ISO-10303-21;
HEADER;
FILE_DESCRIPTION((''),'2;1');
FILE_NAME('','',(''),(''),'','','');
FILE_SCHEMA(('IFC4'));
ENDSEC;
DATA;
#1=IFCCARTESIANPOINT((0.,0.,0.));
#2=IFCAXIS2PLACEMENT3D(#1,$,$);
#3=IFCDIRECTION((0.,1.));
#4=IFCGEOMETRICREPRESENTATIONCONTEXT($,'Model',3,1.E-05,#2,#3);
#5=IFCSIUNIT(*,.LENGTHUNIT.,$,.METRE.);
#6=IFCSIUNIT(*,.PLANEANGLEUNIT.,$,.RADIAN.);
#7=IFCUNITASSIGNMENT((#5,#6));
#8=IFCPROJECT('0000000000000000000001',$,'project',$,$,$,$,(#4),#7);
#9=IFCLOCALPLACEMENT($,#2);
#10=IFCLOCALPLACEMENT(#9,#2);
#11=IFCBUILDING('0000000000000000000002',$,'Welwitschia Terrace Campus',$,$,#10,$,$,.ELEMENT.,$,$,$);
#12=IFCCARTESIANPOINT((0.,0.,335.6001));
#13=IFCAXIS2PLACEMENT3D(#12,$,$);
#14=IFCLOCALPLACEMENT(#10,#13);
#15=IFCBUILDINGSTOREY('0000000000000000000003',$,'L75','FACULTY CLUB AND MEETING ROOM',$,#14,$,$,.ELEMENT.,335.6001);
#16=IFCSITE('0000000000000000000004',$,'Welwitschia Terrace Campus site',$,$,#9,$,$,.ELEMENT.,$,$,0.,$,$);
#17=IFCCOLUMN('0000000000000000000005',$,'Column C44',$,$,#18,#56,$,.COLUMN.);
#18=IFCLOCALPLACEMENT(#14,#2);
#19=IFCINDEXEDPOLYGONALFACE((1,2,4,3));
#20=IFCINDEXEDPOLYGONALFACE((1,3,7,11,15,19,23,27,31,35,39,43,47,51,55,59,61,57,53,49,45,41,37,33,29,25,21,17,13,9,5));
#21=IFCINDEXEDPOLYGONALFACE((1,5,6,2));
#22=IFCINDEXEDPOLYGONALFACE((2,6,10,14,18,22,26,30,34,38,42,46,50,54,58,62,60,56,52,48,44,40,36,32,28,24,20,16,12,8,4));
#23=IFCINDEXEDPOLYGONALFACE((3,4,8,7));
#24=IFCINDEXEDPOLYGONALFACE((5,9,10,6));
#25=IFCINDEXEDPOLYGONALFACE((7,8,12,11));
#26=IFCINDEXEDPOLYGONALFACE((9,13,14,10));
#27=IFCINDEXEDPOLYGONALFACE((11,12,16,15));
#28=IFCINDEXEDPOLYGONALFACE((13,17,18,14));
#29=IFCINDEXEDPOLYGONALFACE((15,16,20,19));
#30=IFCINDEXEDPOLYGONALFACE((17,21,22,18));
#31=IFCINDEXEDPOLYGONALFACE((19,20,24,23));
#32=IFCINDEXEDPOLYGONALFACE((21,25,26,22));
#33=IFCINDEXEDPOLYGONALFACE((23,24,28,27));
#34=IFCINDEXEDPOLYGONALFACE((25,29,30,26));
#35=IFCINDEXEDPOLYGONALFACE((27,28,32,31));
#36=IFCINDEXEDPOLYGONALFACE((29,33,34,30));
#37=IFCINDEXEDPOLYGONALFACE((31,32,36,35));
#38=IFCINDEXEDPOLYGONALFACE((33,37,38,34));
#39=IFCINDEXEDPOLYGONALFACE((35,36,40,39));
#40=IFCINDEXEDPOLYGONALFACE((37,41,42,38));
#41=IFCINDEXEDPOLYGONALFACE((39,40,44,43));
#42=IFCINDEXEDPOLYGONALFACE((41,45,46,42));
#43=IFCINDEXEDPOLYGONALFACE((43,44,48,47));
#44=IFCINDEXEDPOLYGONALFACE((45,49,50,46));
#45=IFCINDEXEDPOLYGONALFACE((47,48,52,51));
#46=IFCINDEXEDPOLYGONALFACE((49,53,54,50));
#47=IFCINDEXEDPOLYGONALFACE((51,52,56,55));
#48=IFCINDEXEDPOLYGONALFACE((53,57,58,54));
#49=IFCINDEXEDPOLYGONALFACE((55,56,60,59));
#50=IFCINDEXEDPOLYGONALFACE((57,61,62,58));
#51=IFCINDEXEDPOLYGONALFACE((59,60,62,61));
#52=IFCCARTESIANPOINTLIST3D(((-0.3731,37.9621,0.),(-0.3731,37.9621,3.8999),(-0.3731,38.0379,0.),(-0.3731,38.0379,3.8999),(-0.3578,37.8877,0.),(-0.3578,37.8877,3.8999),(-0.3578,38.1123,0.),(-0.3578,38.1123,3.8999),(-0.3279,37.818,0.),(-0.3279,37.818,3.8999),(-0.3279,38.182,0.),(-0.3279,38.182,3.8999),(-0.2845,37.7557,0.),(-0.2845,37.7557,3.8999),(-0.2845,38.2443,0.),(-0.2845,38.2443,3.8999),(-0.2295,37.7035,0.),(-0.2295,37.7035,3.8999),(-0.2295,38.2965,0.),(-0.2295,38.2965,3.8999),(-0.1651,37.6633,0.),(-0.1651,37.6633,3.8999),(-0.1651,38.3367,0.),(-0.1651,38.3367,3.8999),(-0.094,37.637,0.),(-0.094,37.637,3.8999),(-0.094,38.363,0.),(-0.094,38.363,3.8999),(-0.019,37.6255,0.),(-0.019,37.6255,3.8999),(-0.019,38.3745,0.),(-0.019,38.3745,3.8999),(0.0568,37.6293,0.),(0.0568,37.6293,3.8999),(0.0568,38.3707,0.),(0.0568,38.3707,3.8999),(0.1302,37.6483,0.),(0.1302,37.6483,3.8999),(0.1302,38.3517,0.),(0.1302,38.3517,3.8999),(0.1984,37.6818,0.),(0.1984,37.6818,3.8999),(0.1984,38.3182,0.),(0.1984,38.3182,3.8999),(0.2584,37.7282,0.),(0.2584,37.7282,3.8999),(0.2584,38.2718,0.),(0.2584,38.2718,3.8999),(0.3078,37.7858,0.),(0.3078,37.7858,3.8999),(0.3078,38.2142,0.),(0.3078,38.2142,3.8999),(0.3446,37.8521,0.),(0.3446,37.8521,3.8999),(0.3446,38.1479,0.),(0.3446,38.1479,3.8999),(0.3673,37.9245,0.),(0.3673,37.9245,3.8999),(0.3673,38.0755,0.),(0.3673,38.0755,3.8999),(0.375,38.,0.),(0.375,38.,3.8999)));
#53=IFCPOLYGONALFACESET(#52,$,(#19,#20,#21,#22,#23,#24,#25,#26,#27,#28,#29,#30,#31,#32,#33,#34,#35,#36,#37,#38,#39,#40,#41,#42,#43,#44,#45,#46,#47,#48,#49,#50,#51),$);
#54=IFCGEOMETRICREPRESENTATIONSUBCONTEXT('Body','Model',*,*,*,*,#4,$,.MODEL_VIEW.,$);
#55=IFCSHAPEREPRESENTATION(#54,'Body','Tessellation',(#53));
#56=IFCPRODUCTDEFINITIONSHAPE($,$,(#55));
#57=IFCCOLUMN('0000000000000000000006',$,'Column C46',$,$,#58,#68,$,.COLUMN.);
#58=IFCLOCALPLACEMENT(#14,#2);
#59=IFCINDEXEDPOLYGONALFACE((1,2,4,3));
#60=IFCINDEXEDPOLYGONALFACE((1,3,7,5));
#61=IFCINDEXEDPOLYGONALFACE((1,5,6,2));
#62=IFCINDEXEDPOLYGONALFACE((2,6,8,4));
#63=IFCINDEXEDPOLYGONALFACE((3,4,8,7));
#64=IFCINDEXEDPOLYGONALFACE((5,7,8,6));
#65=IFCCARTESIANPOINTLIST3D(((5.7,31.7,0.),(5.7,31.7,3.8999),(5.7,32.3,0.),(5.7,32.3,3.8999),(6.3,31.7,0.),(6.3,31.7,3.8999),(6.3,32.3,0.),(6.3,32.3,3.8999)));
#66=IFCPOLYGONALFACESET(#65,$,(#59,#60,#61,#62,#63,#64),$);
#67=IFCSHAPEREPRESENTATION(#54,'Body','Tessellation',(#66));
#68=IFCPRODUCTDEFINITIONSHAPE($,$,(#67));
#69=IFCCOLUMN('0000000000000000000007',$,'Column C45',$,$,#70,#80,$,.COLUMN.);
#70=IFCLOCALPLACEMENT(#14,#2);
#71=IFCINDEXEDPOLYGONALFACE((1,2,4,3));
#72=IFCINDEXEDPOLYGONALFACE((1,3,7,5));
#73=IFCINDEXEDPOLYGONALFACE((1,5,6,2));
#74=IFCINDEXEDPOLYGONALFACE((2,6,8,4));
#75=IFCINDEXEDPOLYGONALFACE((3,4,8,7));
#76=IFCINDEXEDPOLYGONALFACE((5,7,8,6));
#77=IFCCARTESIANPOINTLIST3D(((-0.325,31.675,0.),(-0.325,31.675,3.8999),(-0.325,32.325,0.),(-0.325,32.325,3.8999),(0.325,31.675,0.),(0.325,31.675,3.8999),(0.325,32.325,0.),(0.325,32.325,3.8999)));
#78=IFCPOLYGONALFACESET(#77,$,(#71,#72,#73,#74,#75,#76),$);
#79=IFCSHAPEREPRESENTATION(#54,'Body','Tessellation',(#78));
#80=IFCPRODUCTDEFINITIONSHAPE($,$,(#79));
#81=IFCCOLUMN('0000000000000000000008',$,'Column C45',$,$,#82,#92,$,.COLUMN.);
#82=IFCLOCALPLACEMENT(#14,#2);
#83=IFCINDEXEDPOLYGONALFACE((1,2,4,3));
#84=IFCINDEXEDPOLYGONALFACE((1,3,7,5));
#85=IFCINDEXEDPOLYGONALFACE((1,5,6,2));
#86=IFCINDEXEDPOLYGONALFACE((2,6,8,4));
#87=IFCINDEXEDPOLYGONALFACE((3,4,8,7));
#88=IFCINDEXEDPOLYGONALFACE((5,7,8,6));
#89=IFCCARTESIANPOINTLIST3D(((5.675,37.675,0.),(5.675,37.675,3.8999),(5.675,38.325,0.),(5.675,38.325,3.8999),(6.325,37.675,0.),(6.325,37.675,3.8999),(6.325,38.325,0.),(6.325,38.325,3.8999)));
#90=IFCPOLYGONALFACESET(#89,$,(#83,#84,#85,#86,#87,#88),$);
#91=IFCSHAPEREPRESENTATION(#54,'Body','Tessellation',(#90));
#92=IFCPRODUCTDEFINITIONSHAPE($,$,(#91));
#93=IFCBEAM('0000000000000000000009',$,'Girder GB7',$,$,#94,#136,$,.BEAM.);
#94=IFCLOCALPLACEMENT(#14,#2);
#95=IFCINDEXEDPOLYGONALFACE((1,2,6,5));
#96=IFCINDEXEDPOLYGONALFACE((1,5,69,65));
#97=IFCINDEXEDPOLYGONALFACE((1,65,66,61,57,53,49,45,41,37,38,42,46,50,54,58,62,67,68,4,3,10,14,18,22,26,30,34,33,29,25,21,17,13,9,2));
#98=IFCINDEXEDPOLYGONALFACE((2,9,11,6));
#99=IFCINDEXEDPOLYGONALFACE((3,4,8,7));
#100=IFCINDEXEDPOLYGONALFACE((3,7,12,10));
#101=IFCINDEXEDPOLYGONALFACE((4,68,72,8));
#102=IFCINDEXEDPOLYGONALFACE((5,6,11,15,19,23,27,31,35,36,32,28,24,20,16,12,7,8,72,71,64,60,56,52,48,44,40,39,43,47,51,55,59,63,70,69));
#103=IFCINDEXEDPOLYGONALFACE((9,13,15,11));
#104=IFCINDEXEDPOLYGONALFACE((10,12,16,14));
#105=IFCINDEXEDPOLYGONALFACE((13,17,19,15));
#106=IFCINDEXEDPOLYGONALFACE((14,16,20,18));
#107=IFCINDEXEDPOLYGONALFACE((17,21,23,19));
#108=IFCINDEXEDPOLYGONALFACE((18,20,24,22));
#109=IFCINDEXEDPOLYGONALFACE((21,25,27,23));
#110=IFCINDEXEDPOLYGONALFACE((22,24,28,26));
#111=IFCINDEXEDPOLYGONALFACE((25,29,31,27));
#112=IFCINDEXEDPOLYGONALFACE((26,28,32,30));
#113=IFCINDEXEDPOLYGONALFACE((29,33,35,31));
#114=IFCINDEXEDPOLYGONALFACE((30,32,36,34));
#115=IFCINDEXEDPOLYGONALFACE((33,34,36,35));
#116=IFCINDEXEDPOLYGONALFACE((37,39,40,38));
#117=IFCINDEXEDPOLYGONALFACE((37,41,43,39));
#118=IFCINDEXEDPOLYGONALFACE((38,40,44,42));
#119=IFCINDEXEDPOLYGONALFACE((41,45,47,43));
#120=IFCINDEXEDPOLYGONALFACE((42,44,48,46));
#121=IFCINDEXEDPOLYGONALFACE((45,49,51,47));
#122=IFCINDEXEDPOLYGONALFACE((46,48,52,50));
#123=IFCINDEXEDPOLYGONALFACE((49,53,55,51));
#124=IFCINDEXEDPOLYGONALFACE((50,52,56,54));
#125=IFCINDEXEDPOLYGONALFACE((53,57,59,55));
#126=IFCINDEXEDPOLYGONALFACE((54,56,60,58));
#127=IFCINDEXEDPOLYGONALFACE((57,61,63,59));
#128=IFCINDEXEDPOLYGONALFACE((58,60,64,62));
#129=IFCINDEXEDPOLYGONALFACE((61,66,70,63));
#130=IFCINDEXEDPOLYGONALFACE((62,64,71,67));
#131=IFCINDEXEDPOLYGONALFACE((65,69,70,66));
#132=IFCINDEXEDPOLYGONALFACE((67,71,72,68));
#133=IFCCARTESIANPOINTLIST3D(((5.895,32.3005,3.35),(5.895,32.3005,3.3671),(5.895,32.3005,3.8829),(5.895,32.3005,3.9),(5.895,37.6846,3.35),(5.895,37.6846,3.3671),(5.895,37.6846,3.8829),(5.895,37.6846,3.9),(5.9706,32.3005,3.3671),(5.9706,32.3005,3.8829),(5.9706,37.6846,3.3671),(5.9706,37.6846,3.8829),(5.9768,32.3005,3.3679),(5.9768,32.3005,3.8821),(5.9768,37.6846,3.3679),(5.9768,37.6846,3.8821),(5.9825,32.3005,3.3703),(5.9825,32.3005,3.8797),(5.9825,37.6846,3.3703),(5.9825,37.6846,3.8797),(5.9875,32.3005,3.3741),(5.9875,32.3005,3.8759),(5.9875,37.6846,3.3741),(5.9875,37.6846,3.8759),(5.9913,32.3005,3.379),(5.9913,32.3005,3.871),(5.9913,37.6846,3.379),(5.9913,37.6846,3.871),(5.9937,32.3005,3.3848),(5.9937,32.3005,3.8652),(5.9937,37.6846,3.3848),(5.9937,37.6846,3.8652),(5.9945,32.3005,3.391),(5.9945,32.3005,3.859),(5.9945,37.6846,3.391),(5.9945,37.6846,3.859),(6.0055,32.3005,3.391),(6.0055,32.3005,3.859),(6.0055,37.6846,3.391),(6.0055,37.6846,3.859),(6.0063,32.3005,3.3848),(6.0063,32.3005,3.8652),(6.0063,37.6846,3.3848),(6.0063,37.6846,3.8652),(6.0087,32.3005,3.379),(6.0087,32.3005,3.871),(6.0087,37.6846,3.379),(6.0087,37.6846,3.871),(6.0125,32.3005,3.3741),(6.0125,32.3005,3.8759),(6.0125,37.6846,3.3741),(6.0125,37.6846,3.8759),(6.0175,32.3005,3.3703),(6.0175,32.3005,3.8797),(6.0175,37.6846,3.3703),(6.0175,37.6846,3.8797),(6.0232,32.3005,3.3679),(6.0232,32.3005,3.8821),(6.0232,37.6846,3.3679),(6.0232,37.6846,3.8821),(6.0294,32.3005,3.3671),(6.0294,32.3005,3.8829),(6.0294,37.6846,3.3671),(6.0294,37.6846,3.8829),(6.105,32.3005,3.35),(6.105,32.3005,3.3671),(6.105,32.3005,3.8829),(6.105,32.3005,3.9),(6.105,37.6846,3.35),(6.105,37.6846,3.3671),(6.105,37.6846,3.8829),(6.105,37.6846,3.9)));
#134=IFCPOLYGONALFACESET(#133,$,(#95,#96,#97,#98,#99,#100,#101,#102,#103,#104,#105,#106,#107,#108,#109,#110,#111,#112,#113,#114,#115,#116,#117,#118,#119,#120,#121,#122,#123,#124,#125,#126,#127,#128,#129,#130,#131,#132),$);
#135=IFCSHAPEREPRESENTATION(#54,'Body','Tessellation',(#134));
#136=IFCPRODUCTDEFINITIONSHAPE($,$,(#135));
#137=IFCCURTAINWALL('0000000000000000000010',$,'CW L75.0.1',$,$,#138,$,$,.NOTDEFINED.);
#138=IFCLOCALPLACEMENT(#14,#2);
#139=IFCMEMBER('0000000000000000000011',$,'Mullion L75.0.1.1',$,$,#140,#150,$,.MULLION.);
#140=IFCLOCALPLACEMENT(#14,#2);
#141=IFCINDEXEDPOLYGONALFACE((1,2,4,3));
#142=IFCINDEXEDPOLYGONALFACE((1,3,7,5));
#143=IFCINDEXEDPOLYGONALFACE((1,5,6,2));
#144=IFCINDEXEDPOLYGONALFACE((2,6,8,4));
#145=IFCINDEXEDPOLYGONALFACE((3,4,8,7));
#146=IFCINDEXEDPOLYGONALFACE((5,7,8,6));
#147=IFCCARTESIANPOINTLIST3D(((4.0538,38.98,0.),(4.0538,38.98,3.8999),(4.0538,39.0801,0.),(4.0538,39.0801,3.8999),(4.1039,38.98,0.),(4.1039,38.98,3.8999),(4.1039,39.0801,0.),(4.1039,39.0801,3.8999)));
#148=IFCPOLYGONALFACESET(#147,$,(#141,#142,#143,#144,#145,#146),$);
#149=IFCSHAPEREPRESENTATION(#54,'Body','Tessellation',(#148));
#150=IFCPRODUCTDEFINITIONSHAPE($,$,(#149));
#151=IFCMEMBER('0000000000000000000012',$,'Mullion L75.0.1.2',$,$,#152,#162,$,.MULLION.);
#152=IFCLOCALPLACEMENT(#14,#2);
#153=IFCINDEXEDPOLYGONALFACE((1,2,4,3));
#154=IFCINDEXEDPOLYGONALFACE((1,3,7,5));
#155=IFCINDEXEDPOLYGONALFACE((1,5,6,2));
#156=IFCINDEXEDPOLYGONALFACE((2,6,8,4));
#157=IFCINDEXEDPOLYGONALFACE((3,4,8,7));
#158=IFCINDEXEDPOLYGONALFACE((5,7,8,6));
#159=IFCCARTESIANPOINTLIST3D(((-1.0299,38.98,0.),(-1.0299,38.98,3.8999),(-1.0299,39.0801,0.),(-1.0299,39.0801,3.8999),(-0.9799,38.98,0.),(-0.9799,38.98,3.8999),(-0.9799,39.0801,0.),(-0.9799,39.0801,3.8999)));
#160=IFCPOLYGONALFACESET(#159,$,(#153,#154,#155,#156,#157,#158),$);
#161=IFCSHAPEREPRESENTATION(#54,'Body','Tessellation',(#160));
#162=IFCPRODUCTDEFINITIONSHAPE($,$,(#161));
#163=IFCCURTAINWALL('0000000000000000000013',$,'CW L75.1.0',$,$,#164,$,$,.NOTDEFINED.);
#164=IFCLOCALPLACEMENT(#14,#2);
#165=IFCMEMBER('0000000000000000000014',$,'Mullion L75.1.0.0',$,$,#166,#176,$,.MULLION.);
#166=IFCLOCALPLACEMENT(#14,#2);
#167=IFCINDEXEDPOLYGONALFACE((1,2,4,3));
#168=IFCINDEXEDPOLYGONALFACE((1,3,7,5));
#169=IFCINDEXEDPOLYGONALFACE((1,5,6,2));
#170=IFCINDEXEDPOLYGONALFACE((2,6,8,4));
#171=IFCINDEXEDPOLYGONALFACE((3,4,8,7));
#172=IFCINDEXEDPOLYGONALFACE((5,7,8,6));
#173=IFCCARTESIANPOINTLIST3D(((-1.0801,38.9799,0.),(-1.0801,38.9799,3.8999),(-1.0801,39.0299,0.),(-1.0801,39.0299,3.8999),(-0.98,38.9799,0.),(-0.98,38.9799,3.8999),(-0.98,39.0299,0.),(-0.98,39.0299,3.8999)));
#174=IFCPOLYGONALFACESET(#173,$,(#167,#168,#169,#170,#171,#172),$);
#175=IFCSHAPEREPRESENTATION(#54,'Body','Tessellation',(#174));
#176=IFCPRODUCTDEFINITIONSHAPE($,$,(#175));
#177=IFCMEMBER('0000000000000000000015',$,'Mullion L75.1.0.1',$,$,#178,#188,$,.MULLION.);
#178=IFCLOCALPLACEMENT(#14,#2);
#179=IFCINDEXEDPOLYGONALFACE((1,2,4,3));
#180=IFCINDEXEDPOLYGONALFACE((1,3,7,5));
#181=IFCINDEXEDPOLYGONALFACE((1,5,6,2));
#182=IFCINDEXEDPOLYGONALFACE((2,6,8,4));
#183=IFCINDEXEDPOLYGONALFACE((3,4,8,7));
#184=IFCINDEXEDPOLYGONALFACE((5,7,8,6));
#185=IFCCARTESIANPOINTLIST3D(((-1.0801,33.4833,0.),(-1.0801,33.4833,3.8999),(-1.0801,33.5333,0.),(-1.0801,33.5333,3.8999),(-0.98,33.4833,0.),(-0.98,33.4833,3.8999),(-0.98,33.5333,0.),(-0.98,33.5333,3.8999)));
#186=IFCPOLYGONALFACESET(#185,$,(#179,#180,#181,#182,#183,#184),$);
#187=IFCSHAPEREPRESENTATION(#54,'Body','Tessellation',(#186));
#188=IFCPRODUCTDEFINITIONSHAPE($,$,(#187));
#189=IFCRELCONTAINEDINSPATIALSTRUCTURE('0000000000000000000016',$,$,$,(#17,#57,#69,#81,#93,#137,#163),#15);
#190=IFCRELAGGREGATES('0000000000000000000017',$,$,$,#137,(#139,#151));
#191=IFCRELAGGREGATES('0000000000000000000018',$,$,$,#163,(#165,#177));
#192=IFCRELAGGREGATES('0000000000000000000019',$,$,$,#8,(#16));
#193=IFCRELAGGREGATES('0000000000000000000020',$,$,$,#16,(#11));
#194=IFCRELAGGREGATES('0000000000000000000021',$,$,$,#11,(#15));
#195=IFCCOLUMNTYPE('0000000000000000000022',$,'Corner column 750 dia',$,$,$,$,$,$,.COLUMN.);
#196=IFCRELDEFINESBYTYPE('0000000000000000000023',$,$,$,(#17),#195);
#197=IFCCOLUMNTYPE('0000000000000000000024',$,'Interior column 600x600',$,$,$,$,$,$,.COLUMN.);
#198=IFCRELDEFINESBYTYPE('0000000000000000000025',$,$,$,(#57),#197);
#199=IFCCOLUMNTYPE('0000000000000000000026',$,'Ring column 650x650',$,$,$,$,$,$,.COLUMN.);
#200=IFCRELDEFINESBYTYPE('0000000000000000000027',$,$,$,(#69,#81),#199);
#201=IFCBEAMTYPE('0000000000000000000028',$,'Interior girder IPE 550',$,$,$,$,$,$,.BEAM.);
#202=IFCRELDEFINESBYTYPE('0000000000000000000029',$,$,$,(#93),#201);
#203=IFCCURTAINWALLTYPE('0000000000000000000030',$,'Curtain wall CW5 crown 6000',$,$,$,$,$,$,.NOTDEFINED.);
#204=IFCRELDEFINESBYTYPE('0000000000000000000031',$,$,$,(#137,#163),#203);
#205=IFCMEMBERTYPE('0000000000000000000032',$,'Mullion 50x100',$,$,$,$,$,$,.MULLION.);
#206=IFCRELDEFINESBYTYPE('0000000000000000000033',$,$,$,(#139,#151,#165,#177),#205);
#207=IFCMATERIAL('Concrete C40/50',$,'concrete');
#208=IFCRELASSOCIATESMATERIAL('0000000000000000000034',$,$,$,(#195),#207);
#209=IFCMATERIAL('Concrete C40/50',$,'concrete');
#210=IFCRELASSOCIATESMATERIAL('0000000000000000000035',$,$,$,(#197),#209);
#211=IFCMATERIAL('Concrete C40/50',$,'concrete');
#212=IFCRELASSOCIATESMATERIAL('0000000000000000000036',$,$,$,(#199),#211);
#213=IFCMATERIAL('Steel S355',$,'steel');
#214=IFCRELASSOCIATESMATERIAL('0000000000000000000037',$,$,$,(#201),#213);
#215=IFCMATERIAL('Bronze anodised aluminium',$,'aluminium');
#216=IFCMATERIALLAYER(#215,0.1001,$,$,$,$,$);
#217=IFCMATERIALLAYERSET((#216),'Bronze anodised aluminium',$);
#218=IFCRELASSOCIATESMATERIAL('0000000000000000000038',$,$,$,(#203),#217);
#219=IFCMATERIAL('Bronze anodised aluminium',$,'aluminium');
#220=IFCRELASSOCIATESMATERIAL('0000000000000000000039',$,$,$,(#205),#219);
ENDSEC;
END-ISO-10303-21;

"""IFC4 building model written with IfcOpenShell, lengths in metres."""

from ifc_helpers import new_model, si_unit, direction, frame, origin, origin_2d, place, context, subcontext, project, spatial, rectangle, circle, i_section, extrude, material, layer, layer_set, material_profile, profile_set, type_object, element, aggregate, save


model = new_model("IFC4")

# Units and contexts
model_context = context("Model", 3, precision=1e-05, world=origin(), true_north=direction((0.0, 1.0)))
body_context = subcontext(model_context, "Body", "Model", "MODEL_VIEW")
ifc_project = project(units=[si_unit("LENGTHUNIT", "METRE"), si_unit("PLANEANGLEUNIT", "RADIAN")], contexts=[model_context])

# Site, building, storey
site_placement = place(None, origin())
site = spatial("IfcSite", under=ifc_project, at=site_placement, Name="Welwitschia Terrace Campus site", CompositionType="ELEMENT", RefElevation=0.0)
building_placement = place(site_placement, origin())
building = spatial("IfcBuilding", under=site, at=building_placement, Name="Welwitschia Terrace Campus", CompositionType="ELEMENT")
storey_placement = place(building_placement, frame((0.0, 0.0, 335.6001)))
storey = spatial("IfcBuildingStorey", under=building, at=storey_placement, Name="L75", Description="FACULTY CLUB AND MEETING ROOM", CompositionType="ELEMENT", Elevation=335.6001)

# Columns
ifc_material_1 = material(Name="Concrete C40/50", Category="concrete")
ifc_material_profile_1 = material_profile(ifc_material_1, circle(Radius=0.375, at=origin_2d()))
ifc_profile_set_1 = profile_set([ifc_material_profile_1], Name="Concrete C40/50")
column_type_1 = type_object("IfcColumnType", Name="Corner column 750 dia", PredefinedType="COLUMN", material=ifc_profile_set_1)
column_1_placement = place(storey_placement, frame((0.0, 38.0, 0.0), z_axis=(0.0, 0.0, 1.0), x_axis=(1.0, 0.0, 0.0)))
element("IfcColumn", 1, at=column_1_placement, inside=storey, type_object=column_type_1, Name="Column C44", PredefinedType="COLUMN", context=body_context, shape_type="SweptSolid", body=[
    extrude(circle(Radius=0.375, at=origin_2d()), origin(), (0.0, 0.0, 1.0), 3.8999),
])
ifc_material_2 = material(Name="Concrete C40/50", Category="concrete")
ifc_material_profile_2 = material_profile(ifc_material_2, rectangle(XDim=0.6001, YDim=0.6001, at=origin_2d()))
ifc_profile_set_2 = profile_set([ifc_material_profile_2], Name="Concrete C40/50")
column_type_2 = type_object("IfcColumnType", Name="Interior column 600x600", PredefinedType="COLUMN", material=ifc_profile_set_2)
column_2_placement = place(storey_placement, frame((6.0, 32.0, 0.0), z_axis=(0.0, 0.0, 1.0), x_axis=(1.0, 0.0, 0.0)))
element("IfcColumn", 2, at=column_2_placement, inside=storey, type_object=column_type_2, Name="Column C46", PredefinedType="COLUMN", context=body_context, shape_type="SweptSolid", body=[
    extrude(rectangle(XDim=0.6001, YDim=0.6001, at=origin_2d()), origin(), (0.0, 0.0, 1.0), 3.8999),
])
ifc_material_3 = material(Name="Concrete C40/50", Category="concrete")
ifc_material_profile_3 = material_profile(ifc_material_3, rectangle(XDim=0.6499, YDim=0.6499, at=origin_2d()))
ifc_profile_set_3 = profile_set([ifc_material_profile_3], Name="Concrete C40/50")
column_type_3 = type_object("IfcColumnType", Name="Ring column 650x650", PredefinedType="COLUMN", material=ifc_profile_set_3)
for number, where, z_axis, x_axis, name in (
    (3, (0.0, 32.0, 0.0), (0.0, 0.0, 1.0), (1.0, 0.0, 0.0), "Column C45"),
    (4, (6.0, 38.0, 0.0), (0.0, 0.0, 1.0), (1.0, 0.0, 0.0), "Column C45"),
):
    element("IfcColumn", number, at=place(storey_placement, frame(where, z_axis=z_axis, x_axis=x_axis)), inside=storey, type_object=column_type_3, Name=name, PredefinedType="COLUMN", context=body_context, shape_type="SweptSolid", body=[
        extrude(rectangle(XDim=0.6499, YDim=0.6499, at=origin_2d()), origin(), (0.0, 0.0, 1.0), 3.8999),
    ])

# Beam
ifc_material_4 = material(Name="Steel S355", Category="steel")
ifc_material_profile_4 = material_profile(ifc_material_4, i_section(OverallWidth=0.21, OverallDepth=0.55, WebThickness=0.011, FlangeThickness=0.0171, FilletRadius=0.0239, at=origin_2d()))
ifc_profile_set_4 = profile_set([ifc_material_profile_4], Name="Steel S355")
beam_type_1 = type_object("IfcBeamType", Name="Interior girder IPE 550", PredefinedType="BEAM", material=ifc_profile_set_4)
beam_1_placement = place(storey_placement, frame((6.0, 32.3005, 3.625), z_axis=(0.0, 1.0, 0.0), x_axis=(-1.0, 0.0, 0.0)))
element("IfcBeam", 5, at=beam_1_placement, inside=storey, type_object=beam_type_1, Name="Girder GB7", PredefinedType="BEAM", context=body_context, shape_type="SweptSolid", body=[
    extrude(i_section(OverallWidth=0.21, OverallDepth=0.55, WebThickness=0.011, FlangeThickness=0.0171, FilletRadius=0.0239, at=origin_2d()), origin(), (0.0, 0.0, 1.0), 5.384),
])

# Curtain walls, members
ifc_material_5 = material(Name="Bronze anodised aluminium", Category="aluminium")
ifc_layer_1 = layer(ifc_material_5, 0.1001)
ifc_layer_set_1 = layer_set([ifc_layer_1], Name="Bronze anodised aluminium")
curtain_wall_type = type_object("IfcCurtainWallType", Name="Curtain wall CW5 crown 6000", PredefinedType="NOTDEFINED", material=ifc_layer_set_1)
curtain_wall_1_placement = place(storey_placement, origin())
curtain_wall_1 = element("IfcCurtainWall", 6, at=curtain_wall_1_placement, inside=storey, type_object=curtain_wall_type, Name="CW L75.0.1", PredefinedType="NOTDEFINED")
ifc_material_6 = material(Name="Bronze anodised aluminium", Category="aluminium")
ifc_material_profile_5 = material_profile(ifc_material_6, rectangle(XDim=0.1001, YDim=0.05, at=origin_2d()))
ifc_profile_set_5 = profile_set([ifc_material_profile_5], Name="Bronze anodised aluminium")
member_type_1 = type_object("IfcMemberType", Name="Mullion 50x100", PredefinedType="MULLION", material=ifc_profile_set_5)
member_1_placement = place(storey_placement, frame((4.0789, 39.03, 0.0), z_axis=(0.0, 0.0, 1.0), x_axis=(0.0, -1.0, 0.0)))
member_1 = element("IfcMember", 7, at=member_1_placement, type_object=member_type_1, Name="Mullion L75.0.1.1", PredefinedType="MULLION", context=body_context, shape_type="SweptSolid", body=[
    extrude(rectangle(XDim=0.1001, YDim=0.05, at=origin_2d()), origin(), (0.0, 0.0, 1.0), 3.8999),
])
member_2_placement = place(storey_placement, frame((-1.0049, 39.03, 0.0), z_axis=(0.0, 0.0, 1.0), x_axis=(0.0, -1.0, 0.0)))
member_2 = element("IfcMember", 8, at=member_2_placement, type_object=member_type_1, Name="Mullion L75.0.1.2", PredefinedType="MULLION", context=body_context, shape_type="SweptSolid", body=[
    extrude(rectangle(XDim=0.1001, YDim=0.05, at=origin_2d()), origin(), (0.0, 0.0, 1.0), 3.8999),
])
curtain_wall_2_placement = place(storey_placement, origin())
curtain_wall_2 = element("IfcCurtainWall", 9, at=curtain_wall_2_placement, inside=storey, type_object=curtain_wall_type, Name="CW L75.1.0", PredefinedType="NOTDEFINED")
member_3_placement = place(storey_placement, frame((-1.03, 39.0049, 0.0), z_axis=(0.0, 0.0, 1.0), x_axis=(1.0, 0.0, 0.0)))
member_3 = element("IfcMember", 10, at=member_3_placement, type_object=member_type_1, Name="Mullion L75.1.0.0", PredefinedType="MULLION", context=body_context, shape_type="SweptSolid", body=[
    extrude(rectangle(XDim=0.1001, YDim=0.05, at=origin_2d()), origin(), (0.0, 0.0, 1.0), 3.8999),
])
member_4_placement = place(storey_placement, frame((-1.03, 33.5083, 0.0), z_axis=(0.0, 0.0, 1.0), x_axis=(1.0, 0.0, 0.0)))
member_4 = element("IfcMember", 11, at=member_4_placement, type_object=member_type_1, Name="Mullion L75.1.0.1", PredefinedType="MULLION", context=body_context, shape_type="SweptSolid", body=[
    extrude(rectangle(XDim=0.1001, YDim=0.05, at=origin_2d()), origin(), (0.0, 0.0, 1.0), 3.8999),
])

aggregate(curtain_wall_1, [member_1, member_2])
aggregate(curtain_wall_2, [member_3, member_4])

save(model, "model.ifc")
